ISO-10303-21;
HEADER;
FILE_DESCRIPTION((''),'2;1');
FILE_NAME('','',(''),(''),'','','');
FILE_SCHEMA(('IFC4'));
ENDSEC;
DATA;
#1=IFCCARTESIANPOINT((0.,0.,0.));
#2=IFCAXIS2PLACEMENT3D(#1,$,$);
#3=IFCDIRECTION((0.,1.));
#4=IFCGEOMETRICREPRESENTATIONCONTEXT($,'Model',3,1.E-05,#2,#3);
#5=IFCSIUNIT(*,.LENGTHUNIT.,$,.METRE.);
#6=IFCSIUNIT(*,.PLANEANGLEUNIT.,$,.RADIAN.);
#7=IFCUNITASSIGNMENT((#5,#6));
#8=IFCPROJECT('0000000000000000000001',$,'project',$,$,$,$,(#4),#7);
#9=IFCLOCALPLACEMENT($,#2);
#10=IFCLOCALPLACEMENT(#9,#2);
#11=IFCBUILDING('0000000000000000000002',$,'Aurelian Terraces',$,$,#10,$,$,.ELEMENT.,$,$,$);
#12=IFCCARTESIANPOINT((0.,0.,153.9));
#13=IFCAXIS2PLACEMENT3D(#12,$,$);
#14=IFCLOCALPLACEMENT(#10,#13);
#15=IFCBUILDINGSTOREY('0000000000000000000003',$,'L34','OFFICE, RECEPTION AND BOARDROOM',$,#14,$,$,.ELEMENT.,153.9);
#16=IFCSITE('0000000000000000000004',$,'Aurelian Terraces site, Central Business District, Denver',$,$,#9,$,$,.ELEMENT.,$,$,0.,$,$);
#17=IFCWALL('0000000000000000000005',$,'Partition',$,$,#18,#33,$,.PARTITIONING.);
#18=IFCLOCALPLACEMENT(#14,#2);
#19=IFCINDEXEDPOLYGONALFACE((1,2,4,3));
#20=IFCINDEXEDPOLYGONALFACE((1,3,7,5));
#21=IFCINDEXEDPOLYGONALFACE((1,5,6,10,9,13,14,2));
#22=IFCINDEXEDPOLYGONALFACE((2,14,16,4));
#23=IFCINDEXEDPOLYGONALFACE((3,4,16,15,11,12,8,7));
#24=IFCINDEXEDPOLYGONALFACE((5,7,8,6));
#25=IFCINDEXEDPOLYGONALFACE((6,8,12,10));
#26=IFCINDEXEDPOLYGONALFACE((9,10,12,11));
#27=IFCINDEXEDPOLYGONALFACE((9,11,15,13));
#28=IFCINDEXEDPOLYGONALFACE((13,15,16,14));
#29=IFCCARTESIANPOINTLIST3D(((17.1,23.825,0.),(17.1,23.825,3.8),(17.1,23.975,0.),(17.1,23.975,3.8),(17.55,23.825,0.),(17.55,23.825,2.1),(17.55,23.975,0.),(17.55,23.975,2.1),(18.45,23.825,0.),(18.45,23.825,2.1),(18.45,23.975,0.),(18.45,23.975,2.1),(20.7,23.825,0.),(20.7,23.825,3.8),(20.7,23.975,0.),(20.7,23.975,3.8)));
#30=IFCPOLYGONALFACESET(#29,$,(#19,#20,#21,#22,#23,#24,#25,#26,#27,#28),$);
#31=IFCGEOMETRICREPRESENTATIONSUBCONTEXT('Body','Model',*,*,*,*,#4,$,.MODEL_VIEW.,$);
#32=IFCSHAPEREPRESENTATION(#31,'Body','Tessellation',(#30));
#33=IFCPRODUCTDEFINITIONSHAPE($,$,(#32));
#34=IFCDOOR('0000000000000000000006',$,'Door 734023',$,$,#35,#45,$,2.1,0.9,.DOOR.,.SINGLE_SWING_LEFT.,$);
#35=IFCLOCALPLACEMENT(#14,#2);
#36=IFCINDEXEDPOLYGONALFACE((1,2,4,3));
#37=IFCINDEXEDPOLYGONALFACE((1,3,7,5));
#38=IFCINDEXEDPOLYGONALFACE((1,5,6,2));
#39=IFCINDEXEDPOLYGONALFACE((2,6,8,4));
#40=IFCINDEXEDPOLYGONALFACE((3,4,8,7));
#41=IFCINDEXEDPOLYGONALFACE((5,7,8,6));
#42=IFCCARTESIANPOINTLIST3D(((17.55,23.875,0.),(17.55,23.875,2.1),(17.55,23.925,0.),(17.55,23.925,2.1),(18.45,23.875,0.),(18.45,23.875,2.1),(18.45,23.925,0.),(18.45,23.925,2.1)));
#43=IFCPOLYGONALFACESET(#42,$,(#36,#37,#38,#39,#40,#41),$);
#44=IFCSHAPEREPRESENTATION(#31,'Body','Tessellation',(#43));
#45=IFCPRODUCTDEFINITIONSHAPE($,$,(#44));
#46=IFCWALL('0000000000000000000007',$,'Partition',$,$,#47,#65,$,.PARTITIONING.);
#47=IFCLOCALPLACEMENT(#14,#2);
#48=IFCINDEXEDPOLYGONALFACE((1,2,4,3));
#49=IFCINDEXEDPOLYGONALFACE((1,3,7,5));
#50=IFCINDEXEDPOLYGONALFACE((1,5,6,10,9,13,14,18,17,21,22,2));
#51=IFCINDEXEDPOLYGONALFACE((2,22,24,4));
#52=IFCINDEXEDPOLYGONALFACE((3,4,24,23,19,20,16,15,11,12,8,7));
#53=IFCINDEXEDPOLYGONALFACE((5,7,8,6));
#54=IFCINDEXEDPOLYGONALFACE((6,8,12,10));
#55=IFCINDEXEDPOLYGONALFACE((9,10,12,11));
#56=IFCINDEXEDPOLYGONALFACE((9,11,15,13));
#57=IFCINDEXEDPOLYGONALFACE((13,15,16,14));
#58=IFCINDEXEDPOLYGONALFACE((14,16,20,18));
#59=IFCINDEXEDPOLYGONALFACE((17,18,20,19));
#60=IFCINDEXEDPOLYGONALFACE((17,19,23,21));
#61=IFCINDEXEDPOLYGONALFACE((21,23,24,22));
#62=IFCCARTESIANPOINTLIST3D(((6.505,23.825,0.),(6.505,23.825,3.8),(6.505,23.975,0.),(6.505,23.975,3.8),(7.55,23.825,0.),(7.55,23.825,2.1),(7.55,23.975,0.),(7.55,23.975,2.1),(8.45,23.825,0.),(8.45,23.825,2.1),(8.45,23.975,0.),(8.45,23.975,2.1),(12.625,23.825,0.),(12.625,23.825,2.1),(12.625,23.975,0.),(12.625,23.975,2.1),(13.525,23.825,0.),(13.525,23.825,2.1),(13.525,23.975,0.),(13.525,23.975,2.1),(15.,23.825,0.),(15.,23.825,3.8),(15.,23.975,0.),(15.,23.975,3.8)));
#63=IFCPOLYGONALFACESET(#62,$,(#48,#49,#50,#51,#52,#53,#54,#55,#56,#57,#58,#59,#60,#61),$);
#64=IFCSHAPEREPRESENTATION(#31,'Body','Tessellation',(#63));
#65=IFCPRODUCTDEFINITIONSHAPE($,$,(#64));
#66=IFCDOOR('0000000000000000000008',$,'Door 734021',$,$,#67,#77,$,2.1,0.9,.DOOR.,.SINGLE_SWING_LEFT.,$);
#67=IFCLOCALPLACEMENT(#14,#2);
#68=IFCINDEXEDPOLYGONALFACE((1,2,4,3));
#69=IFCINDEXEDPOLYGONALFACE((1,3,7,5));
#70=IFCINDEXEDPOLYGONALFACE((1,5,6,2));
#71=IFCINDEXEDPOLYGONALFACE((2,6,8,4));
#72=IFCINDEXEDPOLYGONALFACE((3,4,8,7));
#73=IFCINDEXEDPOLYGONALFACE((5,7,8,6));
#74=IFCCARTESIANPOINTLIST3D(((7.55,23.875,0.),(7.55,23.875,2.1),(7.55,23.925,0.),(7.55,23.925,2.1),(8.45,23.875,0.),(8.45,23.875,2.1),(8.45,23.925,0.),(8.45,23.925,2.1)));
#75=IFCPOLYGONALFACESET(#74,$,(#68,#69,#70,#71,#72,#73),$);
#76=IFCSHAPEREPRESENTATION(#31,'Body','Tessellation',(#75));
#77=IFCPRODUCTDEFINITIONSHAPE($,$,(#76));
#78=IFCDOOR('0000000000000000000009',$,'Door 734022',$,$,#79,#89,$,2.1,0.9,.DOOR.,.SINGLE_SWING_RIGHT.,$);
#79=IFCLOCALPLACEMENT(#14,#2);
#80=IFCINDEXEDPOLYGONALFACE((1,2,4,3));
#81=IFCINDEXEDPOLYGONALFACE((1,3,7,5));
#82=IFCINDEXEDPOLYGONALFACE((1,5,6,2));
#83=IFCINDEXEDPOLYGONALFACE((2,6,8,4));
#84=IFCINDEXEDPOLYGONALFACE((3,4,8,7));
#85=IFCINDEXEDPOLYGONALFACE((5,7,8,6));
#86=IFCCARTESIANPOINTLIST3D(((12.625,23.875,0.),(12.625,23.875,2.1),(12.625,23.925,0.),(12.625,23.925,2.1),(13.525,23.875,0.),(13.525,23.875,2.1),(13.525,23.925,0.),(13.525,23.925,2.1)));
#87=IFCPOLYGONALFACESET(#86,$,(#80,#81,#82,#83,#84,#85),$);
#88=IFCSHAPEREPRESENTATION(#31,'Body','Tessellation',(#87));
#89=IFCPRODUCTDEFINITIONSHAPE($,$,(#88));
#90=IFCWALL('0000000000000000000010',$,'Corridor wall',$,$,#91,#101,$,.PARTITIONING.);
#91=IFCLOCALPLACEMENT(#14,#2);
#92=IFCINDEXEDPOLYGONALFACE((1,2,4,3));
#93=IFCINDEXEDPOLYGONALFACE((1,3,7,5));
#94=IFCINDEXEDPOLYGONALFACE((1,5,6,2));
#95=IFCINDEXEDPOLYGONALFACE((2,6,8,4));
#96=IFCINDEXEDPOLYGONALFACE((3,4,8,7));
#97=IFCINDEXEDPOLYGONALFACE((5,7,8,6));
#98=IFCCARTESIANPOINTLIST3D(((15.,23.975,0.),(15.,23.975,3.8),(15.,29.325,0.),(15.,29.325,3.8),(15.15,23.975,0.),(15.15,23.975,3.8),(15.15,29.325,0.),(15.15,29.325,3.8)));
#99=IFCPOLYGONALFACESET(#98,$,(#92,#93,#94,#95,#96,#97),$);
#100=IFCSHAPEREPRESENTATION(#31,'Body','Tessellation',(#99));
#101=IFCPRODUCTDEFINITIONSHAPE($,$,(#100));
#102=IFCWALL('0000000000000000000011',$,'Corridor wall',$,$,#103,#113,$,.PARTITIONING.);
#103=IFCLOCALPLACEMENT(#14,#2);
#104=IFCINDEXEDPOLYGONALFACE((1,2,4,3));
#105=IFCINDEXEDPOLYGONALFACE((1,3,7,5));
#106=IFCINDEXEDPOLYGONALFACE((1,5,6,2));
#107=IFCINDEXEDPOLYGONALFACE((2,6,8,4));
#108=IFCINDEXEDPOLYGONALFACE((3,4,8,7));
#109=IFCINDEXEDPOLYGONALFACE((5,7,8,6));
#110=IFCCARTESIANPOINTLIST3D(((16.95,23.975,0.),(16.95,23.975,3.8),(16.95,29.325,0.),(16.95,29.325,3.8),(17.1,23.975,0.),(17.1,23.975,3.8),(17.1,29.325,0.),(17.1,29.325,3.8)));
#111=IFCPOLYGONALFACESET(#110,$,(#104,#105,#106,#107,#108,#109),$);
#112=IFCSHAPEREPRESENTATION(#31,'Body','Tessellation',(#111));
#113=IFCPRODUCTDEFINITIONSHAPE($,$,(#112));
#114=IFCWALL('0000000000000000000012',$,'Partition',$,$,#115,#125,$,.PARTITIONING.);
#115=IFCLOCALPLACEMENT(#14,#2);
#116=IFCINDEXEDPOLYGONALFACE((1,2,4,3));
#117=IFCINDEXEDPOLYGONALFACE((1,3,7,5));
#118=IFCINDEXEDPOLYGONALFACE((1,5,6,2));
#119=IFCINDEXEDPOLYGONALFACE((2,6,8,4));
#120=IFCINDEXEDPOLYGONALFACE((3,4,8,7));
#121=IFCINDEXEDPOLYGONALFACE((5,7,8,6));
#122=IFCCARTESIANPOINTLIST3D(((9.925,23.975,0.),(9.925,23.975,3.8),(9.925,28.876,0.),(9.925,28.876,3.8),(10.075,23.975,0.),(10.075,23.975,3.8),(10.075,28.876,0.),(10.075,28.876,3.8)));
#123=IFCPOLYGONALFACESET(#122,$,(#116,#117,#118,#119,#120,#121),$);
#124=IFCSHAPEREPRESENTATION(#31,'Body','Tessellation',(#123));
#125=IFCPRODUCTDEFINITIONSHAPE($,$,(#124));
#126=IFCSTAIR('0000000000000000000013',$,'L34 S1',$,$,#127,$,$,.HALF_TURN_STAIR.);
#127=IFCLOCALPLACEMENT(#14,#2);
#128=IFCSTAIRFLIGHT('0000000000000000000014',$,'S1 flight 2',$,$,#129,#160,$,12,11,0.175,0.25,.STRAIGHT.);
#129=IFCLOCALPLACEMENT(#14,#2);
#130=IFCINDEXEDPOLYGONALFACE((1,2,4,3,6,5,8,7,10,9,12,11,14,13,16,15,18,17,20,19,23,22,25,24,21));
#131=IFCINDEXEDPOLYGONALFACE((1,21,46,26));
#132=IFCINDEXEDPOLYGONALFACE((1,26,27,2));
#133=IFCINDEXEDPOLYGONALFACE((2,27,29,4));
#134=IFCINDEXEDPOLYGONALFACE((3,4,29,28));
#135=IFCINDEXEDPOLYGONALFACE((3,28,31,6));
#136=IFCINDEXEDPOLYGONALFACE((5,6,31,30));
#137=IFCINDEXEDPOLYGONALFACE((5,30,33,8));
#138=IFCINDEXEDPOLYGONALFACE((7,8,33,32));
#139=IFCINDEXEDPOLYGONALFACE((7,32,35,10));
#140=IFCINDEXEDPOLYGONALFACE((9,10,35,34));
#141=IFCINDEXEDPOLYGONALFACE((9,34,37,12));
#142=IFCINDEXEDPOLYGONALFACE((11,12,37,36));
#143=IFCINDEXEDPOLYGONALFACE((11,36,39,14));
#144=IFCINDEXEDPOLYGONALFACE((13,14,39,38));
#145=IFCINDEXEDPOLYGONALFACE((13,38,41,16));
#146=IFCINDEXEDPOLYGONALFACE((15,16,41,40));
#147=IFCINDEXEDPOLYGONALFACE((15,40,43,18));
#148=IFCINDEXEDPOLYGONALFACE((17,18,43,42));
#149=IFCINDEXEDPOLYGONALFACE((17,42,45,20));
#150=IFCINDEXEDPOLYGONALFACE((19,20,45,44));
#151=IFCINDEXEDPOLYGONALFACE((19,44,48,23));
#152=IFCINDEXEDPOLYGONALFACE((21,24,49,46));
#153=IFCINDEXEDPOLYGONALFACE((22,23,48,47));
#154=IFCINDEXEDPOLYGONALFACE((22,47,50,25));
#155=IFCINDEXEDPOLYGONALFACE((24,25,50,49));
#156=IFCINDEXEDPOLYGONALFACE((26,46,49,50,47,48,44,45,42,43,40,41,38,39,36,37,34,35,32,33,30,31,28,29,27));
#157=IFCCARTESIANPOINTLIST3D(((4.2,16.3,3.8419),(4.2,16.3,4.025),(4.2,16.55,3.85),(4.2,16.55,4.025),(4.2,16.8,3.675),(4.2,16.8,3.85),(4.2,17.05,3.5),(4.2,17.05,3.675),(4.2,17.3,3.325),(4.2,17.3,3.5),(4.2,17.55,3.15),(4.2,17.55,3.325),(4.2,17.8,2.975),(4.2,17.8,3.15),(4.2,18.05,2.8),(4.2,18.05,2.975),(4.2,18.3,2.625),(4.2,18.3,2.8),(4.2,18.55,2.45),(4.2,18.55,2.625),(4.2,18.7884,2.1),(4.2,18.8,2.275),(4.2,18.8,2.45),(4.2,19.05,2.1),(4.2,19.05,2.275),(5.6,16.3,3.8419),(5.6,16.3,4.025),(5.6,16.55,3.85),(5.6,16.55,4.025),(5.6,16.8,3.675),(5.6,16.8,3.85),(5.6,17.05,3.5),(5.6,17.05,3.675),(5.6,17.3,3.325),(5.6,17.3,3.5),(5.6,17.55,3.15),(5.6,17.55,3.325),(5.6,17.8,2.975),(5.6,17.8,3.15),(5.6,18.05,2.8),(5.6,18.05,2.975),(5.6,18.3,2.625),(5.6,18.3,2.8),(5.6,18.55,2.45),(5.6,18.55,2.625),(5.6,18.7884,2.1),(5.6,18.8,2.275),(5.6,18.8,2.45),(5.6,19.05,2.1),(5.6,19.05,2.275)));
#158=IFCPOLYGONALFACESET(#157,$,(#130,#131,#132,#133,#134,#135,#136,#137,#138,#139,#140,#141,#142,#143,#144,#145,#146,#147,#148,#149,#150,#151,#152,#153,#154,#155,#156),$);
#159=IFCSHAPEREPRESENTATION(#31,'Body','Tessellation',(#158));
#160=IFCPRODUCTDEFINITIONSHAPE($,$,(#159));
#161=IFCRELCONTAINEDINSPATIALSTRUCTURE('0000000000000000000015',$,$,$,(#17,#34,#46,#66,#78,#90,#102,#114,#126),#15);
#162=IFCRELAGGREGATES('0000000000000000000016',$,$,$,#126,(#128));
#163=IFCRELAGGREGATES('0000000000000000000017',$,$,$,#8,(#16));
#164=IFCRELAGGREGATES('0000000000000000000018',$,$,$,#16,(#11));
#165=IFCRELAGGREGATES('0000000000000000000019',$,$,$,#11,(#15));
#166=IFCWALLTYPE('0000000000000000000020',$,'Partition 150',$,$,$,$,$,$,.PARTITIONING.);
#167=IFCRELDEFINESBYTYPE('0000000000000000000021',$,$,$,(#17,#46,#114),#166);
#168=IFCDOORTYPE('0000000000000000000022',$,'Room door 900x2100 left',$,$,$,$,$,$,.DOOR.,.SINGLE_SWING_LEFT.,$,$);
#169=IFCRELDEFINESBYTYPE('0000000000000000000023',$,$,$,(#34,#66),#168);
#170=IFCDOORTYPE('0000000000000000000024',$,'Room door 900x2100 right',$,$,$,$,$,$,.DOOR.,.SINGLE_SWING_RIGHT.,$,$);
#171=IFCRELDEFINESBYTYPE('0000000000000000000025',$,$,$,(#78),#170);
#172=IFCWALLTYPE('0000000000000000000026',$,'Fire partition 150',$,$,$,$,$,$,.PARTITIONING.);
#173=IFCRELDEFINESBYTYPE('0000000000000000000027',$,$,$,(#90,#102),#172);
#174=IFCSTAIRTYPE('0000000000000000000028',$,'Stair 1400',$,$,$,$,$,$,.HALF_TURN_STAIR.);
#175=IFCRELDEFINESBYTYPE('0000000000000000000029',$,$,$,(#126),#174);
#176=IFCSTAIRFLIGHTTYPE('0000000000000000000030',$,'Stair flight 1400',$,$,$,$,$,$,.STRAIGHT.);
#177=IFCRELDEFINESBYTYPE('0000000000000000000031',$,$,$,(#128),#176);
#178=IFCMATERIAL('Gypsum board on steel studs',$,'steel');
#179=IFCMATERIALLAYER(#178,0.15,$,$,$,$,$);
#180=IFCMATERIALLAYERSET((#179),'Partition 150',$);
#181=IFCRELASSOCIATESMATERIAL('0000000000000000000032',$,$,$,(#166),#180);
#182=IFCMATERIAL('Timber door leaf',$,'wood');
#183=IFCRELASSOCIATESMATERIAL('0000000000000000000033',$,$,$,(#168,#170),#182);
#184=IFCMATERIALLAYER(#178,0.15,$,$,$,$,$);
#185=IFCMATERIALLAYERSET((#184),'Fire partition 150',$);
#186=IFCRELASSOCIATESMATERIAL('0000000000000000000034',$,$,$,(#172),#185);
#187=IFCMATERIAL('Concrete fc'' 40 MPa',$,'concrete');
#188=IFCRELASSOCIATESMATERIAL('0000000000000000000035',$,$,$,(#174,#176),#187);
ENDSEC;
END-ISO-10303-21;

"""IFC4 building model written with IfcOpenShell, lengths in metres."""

from ifc_helpers import new_model, si_unit, direction, frame, frame_2d, origin, place, context, subcontext, project, spatial, polyline, rectangle, outline, extrude, source, transform, mapped, material, layer, layer_set, type_object, element, fill, aggregate, save


model = new_model("IFC4")

# Units and contexts
model_context = context("Model", 3, precision=1e-05, world=origin(), true_north=direction((0.0, 1.0)))
body_context = subcontext(model_context, "Body", "Model", "MODEL_VIEW")
ifc_project = project(units=[si_unit("LENGTHUNIT", "METRE"), si_unit("PLANEANGLEUNIT", "RADIAN")], contexts=[model_context])

# Site, building, storey
site_placement = place(None, origin())
site = spatial("IfcSite", under=ifc_project, at=site_placement, Name="Aurelian Terraces site, Central Business District, Denver", CompositionType="ELEMENT", RefElevation=0.0)
building_placement = place(site_placement, origin())
building = spatial("IfcBuilding", under=site, at=building_placement, Name="Aurelian Terraces", CompositionType="ELEMENT")
storey_placement = place(building_placement, frame((0.0, 0.0, 153.9)))
storey = spatial("IfcBuildingStorey", under=building, at=storey_placement, Name="L34", Description="OFFICE, RECEPTION AND BOARDROOM", CompositionType="ELEMENT", Elevation=153.9)

# Shared definitions
ifc_material_1 = material(Name="Concrete fc' 40 MPa", Category="concrete")

# Shared definitions
ifc_material_2 = material(Name="Gypsum board on steel studs", Category="steel")
shared_shape_1 = source(origin(), body_context, "Body", "SweptSolid", [
    extrude(rectangle(XDim=0.9, YDim=2.1, at=frame_2d((0.45, 1.05))), frame((0.0, 0.025, 0.0), z_axis=(0.0, -1.0, 0.0), x_axis=(1.0, 0.0, 0.0)), (0.0, 0.0, 1.0), 0.05),
])

# Wall, opening, door
ifc_layer_1 = layer(ifc_material_2, 0.15)
ifc_layer_set_1 = layer_set([ifc_layer_1], Name="Partition 150")
wall_type_1 = type_object("IfcWallType", Name="Partition 150", PredefinedType="PARTITIONING", material=ifc_layer_set_1)
shared_shape_2 = source(origin(), body_context, "Body", "SweptSolid", [
    extrude(rectangle(XDim=3.6, YDim=0.15, at=frame_2d((1.8, 0.0))), origin(), (0.0, 0.0, 1.0), 3.8),
])
wall_1_placement = place(storey_placement, frame((17.1, 23.9, 0.0), z_axis=(0.0, 0.0, 1.0), x_axis=(1.0, 0.0, 0.0)))
wall_1 = element("IfcWall", 1, at=wall_1_placement, inside=storey, type_object=wall_type_1, Name="Partition", PredefinedType="PARTITIONING", context=body_context, shape_type="MappedRepresentation", body=[
    mapped(shared_shape_2, transform((0.0, 0.0, 0.0), scale=1.0)),
])
shared_shape_3 = source(origin(), body_context, "Body", "SweptSolid", [
    extrude(rectangle(XDim=0.9, YDim=2.1, at=frame_2d((0.45, 1.05))), frame((0.0, 0.085, 0.0), z_axis=(0.0, -1.0, 0.0), x_axis=(1.0, 0.0, 0.0)), (0.0, 0.0, 1.0), 0.17),
])
opening_1_placement = place(wall_1_placement, frame((0.45, 0.0, 0.0)))
opening_1 = element("IfcOpeningElement", 2, at=opening_1_placement, cuts=wall_1, PredefinedType="OPENING", context=body_context, shape_type="MappedRepresentation", body=[
    mapped(shared_shape_3, transform((0.0, 0.0, 0.0), scale=1.0)),
])
ifc_material_3 = material(Name="Timber door leaf", Category="wood")
door_type_1 = type_object("IfcDoorType", Name="Room door 900x2100 left", OperationType="SINGLE_SWING_LEFT", PredefinedType="DOOR", material=ifc_material_3)
door_1_placement = place(opening_1_placement, origin())
door_1 = element("IfcDoor", 3, at=door_1_placement, inside=storey, type_object=door_type_1, Name="Door 734023", OperationType="SINGLE_SWING_LEFT", OverallHeight=2.1, OverallWidth=0.9, PredefinedType="DOOR", context=body_context, shape_type="MappedRepresentation", body=[
    mapped(shared_shape_1, transform((0.0, 0.0, 0.0), scale=1.0)),
])
fill(opening_1, door_1)

# Wall, openings, doors
shared_shape_4 = source(origin(), body_context, "Body", "SweptSolid", [
    extrude(rectangle(XDim=8.495, YDim=0.15, at=frame_2d((4.2475, 0.0))), origin(), (0.0, 0.0, 1.0), 3.8),
])
wall_2_placement = place(storey_placement, frame((6.505, 23.9, 0.0), z_axis=(0.0, 0.0, 1.0), x_axis=(1.0, 0.0, 0.0)))
wall_2 = element("IfcWall", 4, at=wall_2_placement, inside=storey, type_object=wall_type_1, Name="Partition", PredefinedType="PARTITIONING", context=body_context, shape_type="MappedRepresentation", body=[
    mapped(shared_shape_4, transform((0.0, 0.0, 0.0), scale=1.0)),
])
opening_2_placement = place(wall_2_placement, frame((1.045, 0.0, 0.0)))
opening_2 = element("IfcOpeningElement", 5, at=opening_2_placement, cuts=wall_2, PredefinedType="OPENING", context=body_context, shape_type="MappedRepresentation", body=[
    mapped(shared_shape_3, transform((0.0, 0.0, 0.0), scale=1.0)),
])
opening_3_placement = place(wall_2_placement, frame((6.12, 0.0, 0.0)))
opening_3 = element("IfcOpeningElement", 6, at=opening_3_placement, cuts=wall_2, PredefinedType="OPENING", context=body_context, shape_type="MappedRepresentation", body=[
    mapped(shared_shape_3, transform((0.0, 0.0, 0.0), scale=1.0)),
])
door_2_placement = place(opening_2_placement, origin())
door_2 = element("IfcDoor", 7, at=door_2_placement, inside=storey, type_object=door_type_1, Name="Door 734021", OperationType="SINGLE_SWING_LEFT", OverallHeight=2.1, OverallWidth=0.9, PredefinedType="DOOR", context=body_context, shape_type="MappedRepresentation", body=[
    mapped(shared_shape_1, transform((0.0, 0.0, 0.0), scale=1.0)),
])
fill(opening_2, door_2)
door_type_2 = type_object("IfcDoorType", Name="Room door 900x2100 right", OperationType="SINGLE_SWING_RIGHT", PredefinedType="DOOR", material=ifc_material_3)
door_3_placement = place(opening_3_placement, origin())
door_3 = element("IfcDoor", 8, at=door_3_placement, inside=storey, type_object=door_type_2, Name="Door 734022", OperationType="SINGLE_SWING_RIGHT", OverallHeight=2.1, OverallWidth=0.9, PredefinedType="DOOR", context=body_context, shape_type="MappedRepresentation", body=[
    mapped(shared_shape_1, transform((0.0, 0.0, 0.0), scale=1.0)),
])
fill(opening_3, door_3)

# Walls
ifc_layer_2 = layer(ifc_material_2, 0.15)
ifc_layer_set_2 = layer_set([ifc_layer_2], Name="Fire partition 150")
wall_type_2 = type_object("IfcWallType", Name="Fire partition 150", PredefinedType="PARTITIONING", material=ifc_layer_set_2)
shared_shape_5 = source(origin(), body_context, "Body", "SweptSolid", [
    extrude(rectangle(XDim=5.35, YDim=0.15, at=frame_2d((2.675, 0.0))), origin(), (0.0, 0.0, 1.0), 3.8),
])
for number, where, z_axis, x_axis, name in (
    (9, (15.075, 23.975, 0.0), (0.0, 0.0, 1.0), (0.0, 1.0, 0.0), "Corridor wall"),
    (10, (17.025, 29.325, 0.0), (0.0, 0.0, 1.0), (0.0, -1.0, 0.0), "Corridor wall"),
):
    element("IfcWall", number, at=place(storey_placement, frame(where, z_axis=z_axis, x_axis=x_axis)), inside=storey, type_object=wall_type_2, Name=name, PredefinedType="PARTITIONING", context=body_context, shape_type="MappedRepresentation", body=[
        mapped(shared_shape_5, transform((0.0, 0.0, 0.0), scale=1.0)),
    ])
shared_shape_6 = source(origin(), body_context, "Body", "SweptSolid", [
    extrude(rectangle(XDim=4.901, YDim=0.15, at=frame_2d((2.4505, 0.0))), origin(), (0.0, 0.0, 1.0), 3.8),
])
wall_3_placement = place(storey_placement, frame((10.0, 23.975, 0.0), z_axis=(0.0, 0.0, 1.0), x_axis=(0.0, 1.0, 0.0)))
element("IfcWall", 11, at=wall_3_placement, inside=storey, type_object=wall_type_1, Name="Partition", PredefinedType="PARTITIONING", context=body_context, shape_type="MappedRepresentation", body=[
    mapped(shared_shape_6, transform((0.0, 0.0, 0.0), scale=1.0)),
])

# Stair, stair flight
stair_type = type_object("IfcStairType", Name="Stair 1400", PredefinedType="HALF_TURN_STAIR", material=ifc_material_1)
stair_placement = place(storey_placement, origin())
stair = element("IfcStair", 12, at=stair_placement, inside=storey, type_object=stair_type, Name="L34 S1", PredefinedType="HALF_TURN_STAIR")
stair_flight_type = type_object("IfcStairFlightType", Name="Stair flight 1400", PredefinedType="STRAIGHT", material=ifc_material_1)
shared_shape_7 = source(origin(), body_context, "Body", "SweptSolid", [
    extrude(outline(polyline([(0.0, 0.0), (0.0, 0.175), (0.25, 0.175), (0.25, 0.35), (0.5, 0.35), (0.5, 0.525), (0.75, 0.525), (0.75, 0.7), (1.0, 0.7), (1.0, 0.875), (1.25, 0.875), (1.25, 1.05), (1.5, 1.05), (1.5, 1.225), (1.75, 1.225), (1.75, 1.4), (2.0, 1.4), (2.0, 1.575), (2.25, 1.575), (2.25, 1.75), (2.5, 1.75), (2.5, 1.925), (2.75, 1.925), (2.75, 2.1), (2.75, 1.7419), (0.2616, 0.0), (0.0, 0.0)])), frame((0.0, 0.7, 0.0), z_axis=(0.0, -1.0, 0.0), x_axis=(1.0, 0.0, 0.0)), (0.0, 0.0, 1.0), 1.4),
])
stair_flight_placement = place(storey_placement, frame((4.9, 19.05, 2.1), z_axis=(0.0, 0.0, 1.0), x_axis=(0.0, -1.0, 0.0)))
stair_flight = element("IfcStairFlight", 13, at=stair_flight_placement, type_object=stair_flight_type, Name="S1 flight 2", NumberOfRisers=12, NumberOfTreads=11, PredefinedType="STRAIGHT", RiserHeight=0.175, TreadLength=0.25, context=body_context, shape_type="MappedRepresentation", body=[
    mapped(shared_shape_7, transform((0.0, 0.0, 0.0), scale=1.0)),
])
aggregate(stair, [stair_flight])

save(model, "model.ifc")
